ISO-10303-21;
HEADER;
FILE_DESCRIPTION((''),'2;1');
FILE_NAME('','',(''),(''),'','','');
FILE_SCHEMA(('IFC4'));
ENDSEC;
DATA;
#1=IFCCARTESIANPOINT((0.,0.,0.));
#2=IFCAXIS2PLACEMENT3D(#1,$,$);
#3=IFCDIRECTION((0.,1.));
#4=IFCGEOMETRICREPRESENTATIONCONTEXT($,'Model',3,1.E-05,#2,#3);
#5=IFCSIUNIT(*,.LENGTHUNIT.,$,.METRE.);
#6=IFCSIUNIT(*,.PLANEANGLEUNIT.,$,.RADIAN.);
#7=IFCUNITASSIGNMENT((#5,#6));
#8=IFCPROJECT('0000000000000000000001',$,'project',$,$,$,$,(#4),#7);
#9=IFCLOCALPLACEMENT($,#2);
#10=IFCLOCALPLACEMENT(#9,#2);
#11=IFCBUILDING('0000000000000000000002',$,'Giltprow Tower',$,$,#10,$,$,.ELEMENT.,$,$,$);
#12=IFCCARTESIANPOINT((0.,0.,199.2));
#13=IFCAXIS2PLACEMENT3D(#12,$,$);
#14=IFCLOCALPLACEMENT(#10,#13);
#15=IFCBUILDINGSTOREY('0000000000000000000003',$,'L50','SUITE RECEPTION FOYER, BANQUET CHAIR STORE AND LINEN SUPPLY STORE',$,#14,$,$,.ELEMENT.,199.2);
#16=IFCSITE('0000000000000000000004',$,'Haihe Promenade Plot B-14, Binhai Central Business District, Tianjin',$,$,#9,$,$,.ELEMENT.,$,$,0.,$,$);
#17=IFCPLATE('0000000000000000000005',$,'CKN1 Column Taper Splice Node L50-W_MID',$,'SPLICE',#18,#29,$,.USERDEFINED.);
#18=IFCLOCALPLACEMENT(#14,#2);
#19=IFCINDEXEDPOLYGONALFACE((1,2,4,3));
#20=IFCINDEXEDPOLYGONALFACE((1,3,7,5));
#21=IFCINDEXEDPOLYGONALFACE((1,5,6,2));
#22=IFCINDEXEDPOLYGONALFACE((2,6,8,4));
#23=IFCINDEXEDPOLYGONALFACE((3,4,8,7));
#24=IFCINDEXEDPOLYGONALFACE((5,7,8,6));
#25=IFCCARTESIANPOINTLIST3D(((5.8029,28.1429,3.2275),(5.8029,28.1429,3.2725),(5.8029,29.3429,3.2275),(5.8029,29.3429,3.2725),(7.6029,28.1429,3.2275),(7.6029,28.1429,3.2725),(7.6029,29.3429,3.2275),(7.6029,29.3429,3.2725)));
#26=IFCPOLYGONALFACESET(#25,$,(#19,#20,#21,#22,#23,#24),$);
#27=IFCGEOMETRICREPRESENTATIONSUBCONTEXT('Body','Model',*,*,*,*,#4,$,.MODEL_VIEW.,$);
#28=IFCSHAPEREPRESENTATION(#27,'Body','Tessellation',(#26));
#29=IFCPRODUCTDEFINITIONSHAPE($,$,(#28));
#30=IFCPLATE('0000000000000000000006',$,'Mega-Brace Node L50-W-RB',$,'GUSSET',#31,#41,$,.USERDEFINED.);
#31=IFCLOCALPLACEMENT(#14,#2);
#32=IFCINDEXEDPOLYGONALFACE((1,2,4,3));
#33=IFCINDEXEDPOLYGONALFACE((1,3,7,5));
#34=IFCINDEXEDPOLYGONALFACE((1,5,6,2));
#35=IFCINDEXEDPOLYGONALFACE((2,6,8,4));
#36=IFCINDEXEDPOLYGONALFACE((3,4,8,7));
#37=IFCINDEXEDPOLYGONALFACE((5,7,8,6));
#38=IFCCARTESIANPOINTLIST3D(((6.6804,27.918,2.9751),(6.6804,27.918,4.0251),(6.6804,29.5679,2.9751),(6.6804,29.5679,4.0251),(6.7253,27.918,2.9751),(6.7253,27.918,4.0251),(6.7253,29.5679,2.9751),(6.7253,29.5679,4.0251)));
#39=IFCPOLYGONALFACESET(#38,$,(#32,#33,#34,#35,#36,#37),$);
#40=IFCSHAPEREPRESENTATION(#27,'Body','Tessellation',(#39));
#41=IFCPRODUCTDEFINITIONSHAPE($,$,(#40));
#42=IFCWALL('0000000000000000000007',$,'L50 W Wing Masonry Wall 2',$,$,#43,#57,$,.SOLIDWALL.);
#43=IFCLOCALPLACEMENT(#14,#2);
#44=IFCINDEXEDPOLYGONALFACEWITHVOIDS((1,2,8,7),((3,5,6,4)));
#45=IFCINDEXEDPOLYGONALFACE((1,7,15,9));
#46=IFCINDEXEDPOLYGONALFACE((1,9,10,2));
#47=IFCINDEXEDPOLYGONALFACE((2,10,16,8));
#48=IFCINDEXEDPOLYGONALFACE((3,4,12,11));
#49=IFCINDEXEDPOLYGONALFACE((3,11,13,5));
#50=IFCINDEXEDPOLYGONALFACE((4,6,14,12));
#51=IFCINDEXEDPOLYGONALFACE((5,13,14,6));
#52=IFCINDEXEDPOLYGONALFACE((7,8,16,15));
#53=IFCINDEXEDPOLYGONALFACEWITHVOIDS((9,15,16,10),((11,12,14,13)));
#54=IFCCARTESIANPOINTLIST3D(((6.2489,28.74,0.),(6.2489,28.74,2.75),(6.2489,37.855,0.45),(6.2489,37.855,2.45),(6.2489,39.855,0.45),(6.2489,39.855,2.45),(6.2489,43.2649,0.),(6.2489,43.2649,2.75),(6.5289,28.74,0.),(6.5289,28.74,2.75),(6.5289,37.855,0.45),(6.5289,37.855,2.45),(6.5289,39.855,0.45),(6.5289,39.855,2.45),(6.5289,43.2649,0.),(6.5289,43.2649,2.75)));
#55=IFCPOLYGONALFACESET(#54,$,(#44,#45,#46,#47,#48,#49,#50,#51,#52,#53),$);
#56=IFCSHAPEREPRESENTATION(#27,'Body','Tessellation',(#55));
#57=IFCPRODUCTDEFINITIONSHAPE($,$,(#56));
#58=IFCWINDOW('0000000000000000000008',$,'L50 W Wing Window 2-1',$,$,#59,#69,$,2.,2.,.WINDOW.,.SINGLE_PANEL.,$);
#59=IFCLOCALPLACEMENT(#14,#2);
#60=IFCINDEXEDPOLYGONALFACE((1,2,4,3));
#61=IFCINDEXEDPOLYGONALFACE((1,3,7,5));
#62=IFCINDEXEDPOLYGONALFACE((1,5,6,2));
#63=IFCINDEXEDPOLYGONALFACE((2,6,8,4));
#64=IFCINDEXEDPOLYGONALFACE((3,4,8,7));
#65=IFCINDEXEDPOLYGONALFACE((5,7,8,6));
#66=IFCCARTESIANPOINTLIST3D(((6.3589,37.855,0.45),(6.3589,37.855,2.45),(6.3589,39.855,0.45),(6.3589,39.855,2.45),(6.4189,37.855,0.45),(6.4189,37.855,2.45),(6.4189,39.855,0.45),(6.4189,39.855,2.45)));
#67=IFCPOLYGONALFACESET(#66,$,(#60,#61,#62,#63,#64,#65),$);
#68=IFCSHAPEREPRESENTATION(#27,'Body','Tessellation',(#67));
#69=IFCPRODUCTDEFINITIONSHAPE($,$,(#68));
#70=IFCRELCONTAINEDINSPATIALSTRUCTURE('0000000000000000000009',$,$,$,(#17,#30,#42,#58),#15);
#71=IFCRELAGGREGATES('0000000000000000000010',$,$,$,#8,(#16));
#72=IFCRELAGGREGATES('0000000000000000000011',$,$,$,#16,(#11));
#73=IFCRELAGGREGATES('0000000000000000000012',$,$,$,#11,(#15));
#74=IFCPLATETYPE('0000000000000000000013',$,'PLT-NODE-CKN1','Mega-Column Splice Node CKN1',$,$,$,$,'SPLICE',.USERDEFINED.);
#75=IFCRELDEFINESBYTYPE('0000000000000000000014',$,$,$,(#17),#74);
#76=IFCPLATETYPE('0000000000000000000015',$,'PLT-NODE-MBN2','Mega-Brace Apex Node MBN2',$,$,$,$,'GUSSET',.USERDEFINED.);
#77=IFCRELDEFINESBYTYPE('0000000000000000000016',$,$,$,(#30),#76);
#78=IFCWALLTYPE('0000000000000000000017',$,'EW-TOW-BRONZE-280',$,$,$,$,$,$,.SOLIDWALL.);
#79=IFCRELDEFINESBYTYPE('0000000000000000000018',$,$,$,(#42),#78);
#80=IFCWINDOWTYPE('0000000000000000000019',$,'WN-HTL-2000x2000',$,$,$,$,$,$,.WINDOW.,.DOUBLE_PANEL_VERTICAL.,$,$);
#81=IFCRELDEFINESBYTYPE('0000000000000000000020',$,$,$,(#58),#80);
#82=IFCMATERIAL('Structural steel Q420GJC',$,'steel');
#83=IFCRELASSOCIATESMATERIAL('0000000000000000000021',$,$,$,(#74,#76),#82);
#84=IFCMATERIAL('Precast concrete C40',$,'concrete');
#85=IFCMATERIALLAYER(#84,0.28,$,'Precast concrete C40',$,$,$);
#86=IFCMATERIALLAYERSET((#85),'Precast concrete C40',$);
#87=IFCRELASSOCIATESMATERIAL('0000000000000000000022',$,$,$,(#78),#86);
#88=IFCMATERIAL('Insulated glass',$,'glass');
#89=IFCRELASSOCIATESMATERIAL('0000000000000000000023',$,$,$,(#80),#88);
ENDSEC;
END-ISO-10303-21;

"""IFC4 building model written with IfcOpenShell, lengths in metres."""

from ifc_helpers import new_model, si_unit, direction, frame, frame_2d, origin, origin_2d, place, context, subcontext, project, spatial, rectangle, extrude, source, transform, mapped, material, layer, layer_set, type_object, element, fill, save


model = new_model("IFC4")

# Units and contexts
model_context = context("Model", 3, precision=1e-05, world=origin(), true_north=direction((0.0, 1.0)))
body_context = subcontext(model_context, "Body", "Model", "MODEL_VIEW")
ifc_project = project(units=[si_unit("LENGTHUNIT", "METRE"), si_unit("PLANEANGLEUNIT", "RADIAN")], contexts=[model_context])

# Site, building, storey
site_placement = place(None, origin())
site = spatial("IfcSite", under=ifc_project, at=site_placement, Name="Haihe Promenade Plot B-14, Binhai Central Business District, Tianjin", CompositionType="ELEMENT", RefElevation=0.0)
building_placement = place(site_placement, origin())
building = spatial("IfcBuilding", under=site, at=building_placement, Name="Giltprow Tower", CompositionType="ELEMENT")
storey_placement = place(building_placement, frame((0.0, 0.0, 199.2)))
storey = spatial("IfcBuildingStorey", under=building, at=storey_placement, Name="L50", Description="SUITE RECEPTION FOYER, BANQUET CHAIR STORE AND LINEN SUPPLY STORE", CompositionType="ELEMENT", Elevation=199.2)

# Shared definitions
ifc_material_1 = material(Name="Structural steel Q420GJC", Category="steel")

# Plates
plate_type_1 = type_object("IfcPlateType", Name="PLT-NODE-CKN1", Description="Mega-Column Splice Node CKN1", ElementType="SPLICE", PredefinedType="USERDEFINED", material=ifc_material_1)
shared_shape_1 = source(origin(), body_context, "Body", "SweptSolid", [
    extrude(rectangle(XDim=1.8, YDim=1.2, at=origin_2d()), origin(), (0.0, 0.0, 1.0), 0.0449),
])
plate_1_placement = place(storey_placement, frame((6.7029, 28.7429, 3.2275), z_axis=(0.0, 0.0, 1.0), x_axis=(1.0, 0.0, 0.0)))
element("IfcPlate", 1, at=plate_1_placement, inside=storey, type_object=plate_type_1, Name="CKN1 Column Taper Splice Node L50-W_MID", ObjectType="SPLICE", PredefinedType="USERDEFINED", context=body_context, shape_type="MappedRepresentation", body=[
    mapped(shared_shape_1, transform((0.0, 0.0, 0.0), x_axis=(1.0, 0.0, 0.0), y_axis=(0.0, 1.0, 0.0), z_axis=(0.0, 0.0, 1.0), scale=1.0)),
])
plate_type_2 = type_object("IfcPlateType", Name="PLT-NODE-MBN2", Description="Mega-Brace Apex Node MBN2", ElementType="GUSSET", PredefinedType="USERDEFINED", material=ifc_material_1)
shared_shape_2 = source(origin(), body_context, "Body", "SweptSolid", [
    extrude(rectangle(XDim=1.6499, YDim=0.0449, at=origin_2d()), origin(), (0.0, 0.0, 1.0), 1.05),
])
plate_2_placement = place(storey_placement, frame((6.7029, 28.7429, 2.9751), z_axis=(0.0, 0.0, 1.0), x_axis=(0.0, 1.0, 0.0)))
element("IfcPlate", 2, at=plate_2_placement, inside=storey, type_object=plate_type_2, Name="Mega-Brace Node L50-W-RB", ObjectType="GUSSET", PredefinedType="USERDEFINED", context=body_context, shape_type="MappedRepresentation", body=[
    mapped(shared_shape_2, transform((0.0, 0.0, 0.0), x_axis=(1.0, 0.0, 0.0), y_axis=(0.0, 1.0, 0.0), z_axis=(0.0, 0.0, 1.0), scale=1.0)),
])

# Wall, opening, window
ifc_material_2 = material(Name="Precast concrete C40", Category="concrete")
ifc_layer_1 = layer(ifc_material_2, 0.28, Name="Precast concrete C40")
ifc_layer_set_1 = layer_set([ifc_layer_1], Name="Precast concrete C40")
wall_type_1 = type_object("IfcWallType", Name="EW-TOW-BRONZE-280", PredefinedType="SOLIDWALL", material=ifc_layer_set_1)
wall_1_placement = place(storey_placement, frame((6.3889, 28.74, 0.0), z_axis=(0.0, 0.0, 1.0), x_axis=(0.0, 1.0, 0.0)))
wall_1 = element("IfcWall", 3, at=wall_1_placement, inside=storey, type_object=wall_type_1, Name="L50 W Wing Masonry Wall 2", PredefinedType="SOLIDWALL", context=body_context, shape_type="SweptSolid", body=[
    extrude(rectangle(XDim=14.5249, YDim=0.28, at=frame_2d((7.2625, 0.0))), origin(), (0.0, 0.0, 1.0), 2.75),
])
opening_1_placement = place(wall_1_placement, frame((9.115, 0.0, 0.45)))
opening_1 = element("IfcOpeningElement", 4, at=opening_1_placement, cuts=wall_1, PredefinedType="OPENING", context=body_context, shape_type="SweptSolid", body=[
    extrude(rectangle(XDim=2.0, YDim=2.0, at=frame_2d((1.0, 1.0))), frame((0.0, 0.1499, 0.0), z_axis=(0.0, -1.0, 0.0), x_axis=(1.0, 0.0, 0.0)), (0.0, 0.0, 1.0), 0.3),
])
ifc_material_3 = material(Name="Insulated glass", Category="glass")
window_type = type_object("IfcWindowType", Name="WN-HTL-2000x2000", PartitioningType="DOUBLE_PANEL_VERTICAL", PredefinedType="WINDOW", material=ifc_material_3)
shared_shape_3 = source(origin(), body_context, "Body", "SweptSolid", [
    extrude(rectangle(XDim=2.0, YDim=2.0, at=frame_2d((1.0, 1.0))), frame((0.0, 0.03, 0.0), z_axis=(0.0, -1.0, 0.0), x_axis=(1.0, 0.0, 0.0)), (0.0, 0.0, 1.0), 0.0601),
])
window_placement = place(opening_1_placement, origin())
window = element("IfcWindow", 5, at=window_placement, inside=storey, type_object=window_type, Name="L50 W Wing Window 2-1", OverallHeight=2.0, OverallWidth=2.0, PartitioningType="SINGLE_PANEL", PredefinedType="WINDOW", context=body_context, shape_type="MappedRepresentation", body=[
    mapped(shared_shape_3, transform((0.0, 0.0, 0.0), x_axis=(1.0, 0.0, 0.0), y_axis=(0.0, 1.0, 0.0), z_axis=(0.0, 0.0, 1.0), scale=1.0)),
])
fill(opening_1, window)

save(model, "model.ifc")
